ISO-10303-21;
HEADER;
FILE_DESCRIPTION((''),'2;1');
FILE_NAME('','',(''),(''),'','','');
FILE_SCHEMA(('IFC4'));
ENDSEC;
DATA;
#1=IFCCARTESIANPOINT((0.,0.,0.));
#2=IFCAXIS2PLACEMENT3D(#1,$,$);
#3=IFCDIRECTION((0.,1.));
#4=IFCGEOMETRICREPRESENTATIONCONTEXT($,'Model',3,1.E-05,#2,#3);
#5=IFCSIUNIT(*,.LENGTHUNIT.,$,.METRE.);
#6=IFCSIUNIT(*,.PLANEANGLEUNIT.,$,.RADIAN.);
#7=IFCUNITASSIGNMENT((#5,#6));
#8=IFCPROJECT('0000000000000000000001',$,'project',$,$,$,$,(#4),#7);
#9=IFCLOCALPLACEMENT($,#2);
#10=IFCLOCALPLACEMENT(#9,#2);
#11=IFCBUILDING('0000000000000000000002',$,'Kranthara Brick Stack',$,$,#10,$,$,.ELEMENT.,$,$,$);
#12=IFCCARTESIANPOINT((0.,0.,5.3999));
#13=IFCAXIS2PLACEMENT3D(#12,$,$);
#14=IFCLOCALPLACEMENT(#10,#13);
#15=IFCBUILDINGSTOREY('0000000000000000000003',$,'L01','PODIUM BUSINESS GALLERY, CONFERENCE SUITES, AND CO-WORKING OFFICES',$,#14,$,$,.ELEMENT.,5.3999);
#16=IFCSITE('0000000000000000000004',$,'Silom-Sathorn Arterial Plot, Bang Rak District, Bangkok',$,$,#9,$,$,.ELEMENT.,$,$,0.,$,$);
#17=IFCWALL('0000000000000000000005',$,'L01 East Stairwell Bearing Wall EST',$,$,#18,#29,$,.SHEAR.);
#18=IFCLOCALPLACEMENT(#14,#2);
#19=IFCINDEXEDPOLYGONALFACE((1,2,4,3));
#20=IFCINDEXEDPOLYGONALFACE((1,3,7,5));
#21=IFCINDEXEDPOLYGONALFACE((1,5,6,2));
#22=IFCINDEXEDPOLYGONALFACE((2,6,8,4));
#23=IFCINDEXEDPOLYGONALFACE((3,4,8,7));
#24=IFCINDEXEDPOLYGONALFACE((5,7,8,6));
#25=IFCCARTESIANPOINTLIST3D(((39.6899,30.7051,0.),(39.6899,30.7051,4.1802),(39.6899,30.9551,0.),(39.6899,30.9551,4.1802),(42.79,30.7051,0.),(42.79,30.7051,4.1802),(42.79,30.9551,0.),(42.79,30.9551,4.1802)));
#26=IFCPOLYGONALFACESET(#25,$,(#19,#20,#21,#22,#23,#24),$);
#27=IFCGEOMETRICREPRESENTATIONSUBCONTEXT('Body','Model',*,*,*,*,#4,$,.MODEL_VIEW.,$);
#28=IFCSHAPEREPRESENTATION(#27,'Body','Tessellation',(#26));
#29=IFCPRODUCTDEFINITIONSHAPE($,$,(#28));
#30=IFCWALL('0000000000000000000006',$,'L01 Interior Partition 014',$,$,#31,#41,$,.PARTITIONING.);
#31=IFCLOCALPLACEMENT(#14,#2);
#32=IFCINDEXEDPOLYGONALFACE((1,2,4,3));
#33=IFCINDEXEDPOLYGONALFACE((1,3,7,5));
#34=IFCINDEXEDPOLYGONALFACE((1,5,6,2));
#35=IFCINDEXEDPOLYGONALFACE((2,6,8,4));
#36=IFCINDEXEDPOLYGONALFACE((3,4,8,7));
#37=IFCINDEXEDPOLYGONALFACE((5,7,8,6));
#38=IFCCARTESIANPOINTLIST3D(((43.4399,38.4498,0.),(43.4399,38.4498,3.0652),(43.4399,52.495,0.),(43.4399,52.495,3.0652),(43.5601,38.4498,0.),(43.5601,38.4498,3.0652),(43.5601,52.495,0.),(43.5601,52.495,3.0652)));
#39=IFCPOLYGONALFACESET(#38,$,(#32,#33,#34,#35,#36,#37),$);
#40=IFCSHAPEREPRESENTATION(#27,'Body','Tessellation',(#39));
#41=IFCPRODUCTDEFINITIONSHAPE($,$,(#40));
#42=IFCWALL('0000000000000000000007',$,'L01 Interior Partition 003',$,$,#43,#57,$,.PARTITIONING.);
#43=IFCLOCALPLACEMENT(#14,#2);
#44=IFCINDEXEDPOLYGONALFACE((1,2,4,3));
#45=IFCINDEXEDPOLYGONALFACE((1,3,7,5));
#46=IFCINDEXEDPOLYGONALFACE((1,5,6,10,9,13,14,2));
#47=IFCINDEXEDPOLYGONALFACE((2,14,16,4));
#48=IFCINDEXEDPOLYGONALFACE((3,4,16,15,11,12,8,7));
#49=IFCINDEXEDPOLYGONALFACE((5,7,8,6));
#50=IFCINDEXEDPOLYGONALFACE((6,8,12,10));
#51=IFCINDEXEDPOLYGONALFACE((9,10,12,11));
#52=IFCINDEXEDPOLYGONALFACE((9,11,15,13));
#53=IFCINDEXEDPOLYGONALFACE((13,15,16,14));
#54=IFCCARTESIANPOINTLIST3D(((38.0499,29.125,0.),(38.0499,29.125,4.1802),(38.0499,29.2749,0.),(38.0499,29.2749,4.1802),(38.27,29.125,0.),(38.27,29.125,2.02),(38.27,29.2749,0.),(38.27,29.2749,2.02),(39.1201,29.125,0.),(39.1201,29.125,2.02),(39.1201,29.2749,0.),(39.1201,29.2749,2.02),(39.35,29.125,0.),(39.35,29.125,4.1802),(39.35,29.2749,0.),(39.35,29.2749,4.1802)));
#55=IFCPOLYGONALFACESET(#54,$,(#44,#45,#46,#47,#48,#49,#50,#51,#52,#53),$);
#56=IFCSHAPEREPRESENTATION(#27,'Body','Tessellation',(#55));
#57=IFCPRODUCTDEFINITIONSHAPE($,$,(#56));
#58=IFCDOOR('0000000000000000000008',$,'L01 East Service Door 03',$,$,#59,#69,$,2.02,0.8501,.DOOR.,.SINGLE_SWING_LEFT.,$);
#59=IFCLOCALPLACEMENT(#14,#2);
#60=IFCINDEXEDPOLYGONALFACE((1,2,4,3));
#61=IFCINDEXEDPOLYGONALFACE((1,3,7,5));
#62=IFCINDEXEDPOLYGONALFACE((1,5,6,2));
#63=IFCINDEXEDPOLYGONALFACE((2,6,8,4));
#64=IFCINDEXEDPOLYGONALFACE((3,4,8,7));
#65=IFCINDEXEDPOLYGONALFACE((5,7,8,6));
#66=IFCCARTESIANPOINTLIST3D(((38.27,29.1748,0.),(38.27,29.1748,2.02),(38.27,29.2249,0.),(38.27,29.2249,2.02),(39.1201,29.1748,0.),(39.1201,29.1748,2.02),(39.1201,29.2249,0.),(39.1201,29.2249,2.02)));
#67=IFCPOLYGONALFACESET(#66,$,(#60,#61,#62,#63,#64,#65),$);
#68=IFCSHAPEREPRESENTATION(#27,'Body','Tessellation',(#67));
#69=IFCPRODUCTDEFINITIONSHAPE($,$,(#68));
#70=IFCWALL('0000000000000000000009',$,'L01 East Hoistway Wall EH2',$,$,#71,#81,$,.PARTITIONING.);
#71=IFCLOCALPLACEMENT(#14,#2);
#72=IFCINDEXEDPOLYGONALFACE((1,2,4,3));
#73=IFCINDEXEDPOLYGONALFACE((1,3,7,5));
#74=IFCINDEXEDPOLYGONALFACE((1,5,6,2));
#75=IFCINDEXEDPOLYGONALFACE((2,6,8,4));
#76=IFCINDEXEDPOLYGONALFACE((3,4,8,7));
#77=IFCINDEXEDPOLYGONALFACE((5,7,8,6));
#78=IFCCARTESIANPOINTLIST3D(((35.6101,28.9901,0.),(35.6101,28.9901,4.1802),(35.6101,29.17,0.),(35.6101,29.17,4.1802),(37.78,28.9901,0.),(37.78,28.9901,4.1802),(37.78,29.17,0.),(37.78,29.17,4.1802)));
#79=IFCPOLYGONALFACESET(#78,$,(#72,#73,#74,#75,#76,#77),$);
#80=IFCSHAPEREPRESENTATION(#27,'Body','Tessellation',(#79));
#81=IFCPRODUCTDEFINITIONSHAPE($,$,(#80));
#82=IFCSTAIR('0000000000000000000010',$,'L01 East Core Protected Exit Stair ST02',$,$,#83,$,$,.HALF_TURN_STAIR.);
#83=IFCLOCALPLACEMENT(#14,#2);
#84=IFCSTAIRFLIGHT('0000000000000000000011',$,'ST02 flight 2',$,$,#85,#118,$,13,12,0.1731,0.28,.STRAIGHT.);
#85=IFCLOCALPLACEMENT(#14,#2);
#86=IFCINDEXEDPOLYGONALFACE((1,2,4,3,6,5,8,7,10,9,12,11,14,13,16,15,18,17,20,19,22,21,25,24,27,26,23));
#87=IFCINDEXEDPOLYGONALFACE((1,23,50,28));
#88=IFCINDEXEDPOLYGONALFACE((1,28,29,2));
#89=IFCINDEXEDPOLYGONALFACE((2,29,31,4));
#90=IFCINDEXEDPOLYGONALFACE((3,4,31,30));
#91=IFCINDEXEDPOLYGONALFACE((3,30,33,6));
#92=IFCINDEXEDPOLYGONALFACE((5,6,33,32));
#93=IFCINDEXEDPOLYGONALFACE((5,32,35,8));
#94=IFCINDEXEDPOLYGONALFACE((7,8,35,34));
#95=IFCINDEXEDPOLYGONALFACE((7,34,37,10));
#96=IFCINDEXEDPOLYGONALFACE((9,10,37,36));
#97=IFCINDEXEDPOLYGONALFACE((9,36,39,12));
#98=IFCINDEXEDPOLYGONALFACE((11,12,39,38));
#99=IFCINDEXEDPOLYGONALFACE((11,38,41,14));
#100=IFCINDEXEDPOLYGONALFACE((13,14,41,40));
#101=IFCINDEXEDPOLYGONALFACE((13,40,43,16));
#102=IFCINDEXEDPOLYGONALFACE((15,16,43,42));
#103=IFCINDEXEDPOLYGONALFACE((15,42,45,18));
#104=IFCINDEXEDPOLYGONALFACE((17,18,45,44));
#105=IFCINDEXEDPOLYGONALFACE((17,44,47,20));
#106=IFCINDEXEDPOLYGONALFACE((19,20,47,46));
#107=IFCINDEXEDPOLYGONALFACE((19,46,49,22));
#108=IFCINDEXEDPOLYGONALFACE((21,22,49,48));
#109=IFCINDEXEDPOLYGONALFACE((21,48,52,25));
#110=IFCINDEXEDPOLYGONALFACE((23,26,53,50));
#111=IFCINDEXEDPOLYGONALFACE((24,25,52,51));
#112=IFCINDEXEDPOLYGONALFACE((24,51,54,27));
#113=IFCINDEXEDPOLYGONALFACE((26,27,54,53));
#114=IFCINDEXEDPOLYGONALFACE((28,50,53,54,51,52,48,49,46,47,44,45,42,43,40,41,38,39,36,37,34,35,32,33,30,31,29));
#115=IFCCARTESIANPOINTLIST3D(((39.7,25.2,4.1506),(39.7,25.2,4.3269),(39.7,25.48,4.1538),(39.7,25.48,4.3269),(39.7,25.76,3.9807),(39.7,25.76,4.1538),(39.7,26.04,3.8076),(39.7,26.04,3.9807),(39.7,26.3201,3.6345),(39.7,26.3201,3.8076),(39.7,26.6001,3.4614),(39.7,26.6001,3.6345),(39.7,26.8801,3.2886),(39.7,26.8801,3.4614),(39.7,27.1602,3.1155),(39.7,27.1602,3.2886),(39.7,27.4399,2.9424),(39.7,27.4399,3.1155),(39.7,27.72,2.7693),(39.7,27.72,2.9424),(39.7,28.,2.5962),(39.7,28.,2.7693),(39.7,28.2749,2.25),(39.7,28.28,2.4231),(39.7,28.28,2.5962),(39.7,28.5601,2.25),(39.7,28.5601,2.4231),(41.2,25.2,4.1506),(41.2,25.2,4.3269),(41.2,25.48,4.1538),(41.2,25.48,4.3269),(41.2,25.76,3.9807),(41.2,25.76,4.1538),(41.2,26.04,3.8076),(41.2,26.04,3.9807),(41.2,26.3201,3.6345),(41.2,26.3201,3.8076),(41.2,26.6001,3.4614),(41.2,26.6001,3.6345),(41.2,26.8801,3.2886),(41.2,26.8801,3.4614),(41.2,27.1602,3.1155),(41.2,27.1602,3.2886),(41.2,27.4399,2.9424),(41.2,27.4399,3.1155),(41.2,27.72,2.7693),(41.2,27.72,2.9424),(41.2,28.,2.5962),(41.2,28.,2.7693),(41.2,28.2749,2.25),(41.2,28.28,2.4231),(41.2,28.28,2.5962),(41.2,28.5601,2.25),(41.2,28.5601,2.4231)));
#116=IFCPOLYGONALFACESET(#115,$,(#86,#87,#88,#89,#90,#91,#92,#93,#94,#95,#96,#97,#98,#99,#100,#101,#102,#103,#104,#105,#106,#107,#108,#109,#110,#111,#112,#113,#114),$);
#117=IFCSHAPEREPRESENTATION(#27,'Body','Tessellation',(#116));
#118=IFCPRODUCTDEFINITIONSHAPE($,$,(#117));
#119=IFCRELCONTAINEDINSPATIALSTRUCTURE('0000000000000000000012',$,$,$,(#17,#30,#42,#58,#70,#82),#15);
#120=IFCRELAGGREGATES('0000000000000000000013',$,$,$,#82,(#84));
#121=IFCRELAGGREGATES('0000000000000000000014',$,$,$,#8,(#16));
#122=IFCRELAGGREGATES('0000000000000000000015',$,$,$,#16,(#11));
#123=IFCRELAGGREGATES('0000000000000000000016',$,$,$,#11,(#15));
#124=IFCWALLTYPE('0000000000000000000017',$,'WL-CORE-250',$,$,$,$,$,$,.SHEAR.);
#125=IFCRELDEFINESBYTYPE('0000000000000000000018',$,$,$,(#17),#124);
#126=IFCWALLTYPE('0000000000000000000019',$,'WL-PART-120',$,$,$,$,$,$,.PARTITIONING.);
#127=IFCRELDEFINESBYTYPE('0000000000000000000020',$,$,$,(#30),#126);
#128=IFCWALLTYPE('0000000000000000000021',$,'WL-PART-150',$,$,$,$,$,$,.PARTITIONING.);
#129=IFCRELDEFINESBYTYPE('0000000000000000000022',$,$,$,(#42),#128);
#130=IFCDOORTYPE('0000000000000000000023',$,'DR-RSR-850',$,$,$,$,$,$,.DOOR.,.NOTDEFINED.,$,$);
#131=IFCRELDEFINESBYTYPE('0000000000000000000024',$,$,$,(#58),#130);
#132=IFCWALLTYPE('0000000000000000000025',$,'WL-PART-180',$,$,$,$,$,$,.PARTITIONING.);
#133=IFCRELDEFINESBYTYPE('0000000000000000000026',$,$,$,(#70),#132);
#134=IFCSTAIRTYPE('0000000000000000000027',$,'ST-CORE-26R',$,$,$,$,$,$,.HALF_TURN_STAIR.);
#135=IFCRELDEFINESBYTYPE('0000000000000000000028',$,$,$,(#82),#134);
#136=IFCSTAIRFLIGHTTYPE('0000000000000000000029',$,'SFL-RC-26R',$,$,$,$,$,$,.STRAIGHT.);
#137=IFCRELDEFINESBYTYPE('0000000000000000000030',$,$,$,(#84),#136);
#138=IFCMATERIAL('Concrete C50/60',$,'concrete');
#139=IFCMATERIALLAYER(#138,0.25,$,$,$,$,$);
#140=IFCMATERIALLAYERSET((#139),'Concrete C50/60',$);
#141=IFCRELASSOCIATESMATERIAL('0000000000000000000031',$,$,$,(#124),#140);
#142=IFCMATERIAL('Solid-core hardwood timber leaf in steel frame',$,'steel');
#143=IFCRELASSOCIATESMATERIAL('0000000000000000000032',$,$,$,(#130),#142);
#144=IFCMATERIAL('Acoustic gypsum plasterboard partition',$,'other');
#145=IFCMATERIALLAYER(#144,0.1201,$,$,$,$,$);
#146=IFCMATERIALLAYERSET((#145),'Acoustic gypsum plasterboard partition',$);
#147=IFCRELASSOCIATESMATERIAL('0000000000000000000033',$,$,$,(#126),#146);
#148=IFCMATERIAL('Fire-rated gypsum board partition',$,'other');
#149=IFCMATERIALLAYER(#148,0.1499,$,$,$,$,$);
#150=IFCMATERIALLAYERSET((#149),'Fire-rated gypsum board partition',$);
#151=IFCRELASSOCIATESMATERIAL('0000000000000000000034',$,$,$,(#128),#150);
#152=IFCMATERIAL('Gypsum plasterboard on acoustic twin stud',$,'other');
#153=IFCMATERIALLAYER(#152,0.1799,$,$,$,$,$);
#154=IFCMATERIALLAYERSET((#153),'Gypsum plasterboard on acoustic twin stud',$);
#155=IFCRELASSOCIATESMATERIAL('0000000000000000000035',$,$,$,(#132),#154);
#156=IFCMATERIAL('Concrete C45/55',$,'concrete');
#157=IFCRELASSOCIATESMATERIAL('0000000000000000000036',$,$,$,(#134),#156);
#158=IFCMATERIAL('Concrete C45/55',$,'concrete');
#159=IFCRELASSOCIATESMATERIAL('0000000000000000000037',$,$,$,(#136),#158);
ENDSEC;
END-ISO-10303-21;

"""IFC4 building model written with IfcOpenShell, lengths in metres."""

from ifc_helpers import new_model, si_unit, direction, frame, frame_2d, origin, place, context, subcontext, project, spatial, polyline, rectangle, outline, extrude, material, layer, layer_set, type_object, element, fill, aggregate, save


model = new_model("IFC4")

# Units and contexts
model_context = context("Model", 3, precision=1e-05, world=origin(), true_north=direction((0.0, 1.0)))
body_context = subcontext(model_context, "Body", "Model", "MODEL_VIEW")
ifc_project = project(units=[si_unit("LENGTHUNIT", "METRE"), si_unit("PLANEANGLEUNIT", "RADIAN")], contexts=[model_context])

# Site, building, storey
site_placement = place(None, origin())
site = spatial("IfcSite", under=ifc_project, at=site_placement, Name="Silom-Sathorn Arterial Plot, Bang Rak District, Bangkok", CompositionType="ELEMENT", RefElevation=0.0)
building_placement = place(site_placement, origin())
building = spatial("IfcBuilding", under=site, at=building_placement, Name="Kranthara Brick Stack", CompositionType="ELEMENT")
storey_placement = place(building_placement, frame((0.0, 0.0, 5.3999)))
storey = spatial("IfcBuildingStorey", under=building, at=storey_placement, Name="L01", Description="PODIUM BUSINESS GALLERY, CONFERENCE SUITES, AND CO-WORKING OFFICES", CompositionType="ELEMENT", Elevation=5.3999)

# Wall
ifc_material_1 = material(Name="Concrete C50/60", Category="concrete")
ifc_layer_1 = layer(ifc_material_1, 0.25)
ifc_layer_set_1 = layer_set([ifc_layer_1], Name="Concrete C50/60")
wall_type_1 = type_object("IfcWallType", Name="WL-CORE-250", PredefinedType="SHEAR", material=ifc_layer_set_1)
wall_1_placement = place(storey_placement, frame((39.6899, 30.8301, 0.0), z_axis=(0.0, 0.0, 1.0), x_axis=(1.0, 0.0, 0.0)))
element("IfcWall", 1, at=wall_1_placement, inside=storey, type_object=wall_type_1, Name="L01 East Stairwell Bearing Wall EST", PredefinedType="SHEAR", context=body_context, shape_type="SweptSolid", body=[
    extrude(rectangle(XDim=3.1001, YDim=0.25, at=frame_2d((1.55, 0.0))), origin(), (0.0, 0.0, 1.0), 4.1802),
])

# Shared definitions
ifc_material_2 = material(Name="Solid-core hardwood timber leaf in steel frame", Category="steel")
door_type_1 = type_object("IfcDoorType", Name="DR-RSR-850", OperationType="NOTDEFINED", PredefinedType="DOOR", material=ifc_material_2)

# Wall
ifc_material_3 = material(Name="Acoustic gypsum plasterboard partition", Category="other")
ifc_layer_2 = layer(ifc_material_3, 0.1201)
ifc_layer_set_2 = layer_set([ifc_layer_2], Name="Acoustic gypsum plasterboard partition")
wall_type_2 = type_object("IfcWallType", Name="WL-PART-120", PredefinedType="PARTITIONING", material=ifc_layer_set_2)
wall_2_placement = place(storey_placement, frame((43.5, 38.45, 0.0), z_axis=(0.0, 0.0, 1.0), x_axis=(0.0, 1.0, 0.0)))
element("IfcWall", 2, at=wall_2_placement, inside=storey, type_object=wall_type_2, Name="L01 Interior Partition 014", PredefinedType="PARTITIONING", context=body_context, shape_type="SweptSolid", body=[
    extrude(rectangle(XDim=14.0452, YDim=0.1201, at=frame_2d((7.0225, 0.0))), origin(), (0.0, 0.0, 1.0), 3.0652),
])

# Wall, opening, door
ifc_material_4 = material(Name="Fire-rated gypsum board partition", Category="other")
ifc_layer_3 = layer(ifc_material_4, 0.1499)
ifc_layer_set_3 = layer_set([ifc_layer_3], Name="Fire-rated gypsum board partition")
wall_type_3 = type_object("IfcWallType", Name="WL-PART-150", PredefinedType="PARTITIONING", material=ifc_layer_set_3)
wall_3_placement = place(storey_placement, frame((38.05, 29.2, 0.0), z_axis=(0.0, 0.0, 1.0), x_axis=(1.0, 0.0, 0.0)))
wall_3 = element("IfcWall", 3, at=wall_3_placement, inside=storey, type_object=wall_type_3, Name="L01 Interior Partition 003", PredefinedType="PARTITIONING", context=body_context, shape_type="SweptSolid", body=[
    extrude(rectangle(XDim=1.3, YDim=0.1499, at=frame_2d((0.6499, 0.0))), origin(), (0.0, 0.0, 1.0), 4.1802),
])
opening_1_placement = place(wall_3_placement, frame((0.22, 0.0, 0.0)))
opening_1 = element("IfcOpeningElement", 4, at=opening_1_placement, cuts=wall_3, PredefinedType="OPENING", context=body_context, shape_type="SweptSolid", body=[
    extrude(rectangle(XDim=0.8501, YDim=2.02, at=frame_2d((0.425, 1.01))), frame((0.0, 0.085, 0.0), z_axis=(0.0, -1.0, 0.0), x_axis=(1.0, 0.0, 0.0)), (0.0, 0.0, 1.0), 0.1699),
])
door_1_placement = place(opening_1_placement, origin())
door_1 = element("IfcDoor", 5, at=door_1_placement, inside=storey, type_object=door_type_1, Name="L01 East Service Door 03", OperationType="SINGLE_SWING_LEFT", OverallHeight=2.02, OverallWidth=0.8501, PredefinedType="DOOR", context=body_context, shape_type="SweptSolid", body=[
    extrude(rectangle(XDim=0.8501, YDim=2.02, at=frame_2d((0.425, 1.01))), frame((0.0, 0.0249, 0.0), z_axis=(0.0, -1.0, 0.0), x_axis=(1.0, 0.0, 0.0)), (0.0, 0.0, 1.0), 0.05),
])
fill(opening_1, door_1)

# Wall
ifc_material_5 = material(Name="Gypsum plasterboard on acoustic twin stud", Category="other")
ifc_layer_4 = layer(ifc_material_5, 0.1799)
ifc_layer_set_4 = layer_set([ifc_layer_4], Name="Gypsum plasterboard on acoustic twin stud")
wall_type_4 = type_object("IfcWallType", Name="WL-PART-180", PredefinedType="PARTITIONING", material=ifc_layer_set_4)
wall_4_placement = place(storey_placement, frame((35.6101, 29.0801, 0.0), z_axis=(0.0, 0.0, 1.0), x_axis=(1.0, 0.0, 0.0)))
element("IfcWall", 6, at=wall_4_placement, inside=storey, type_object=wall_type_4, Name="L01 East Hoistway Wall EH2", PredefinedType="PARTITIONING", context=body_context, shape_type="SweptSolid", body=[
    extrude(rectangle(XDim=2.1699, YDim=0.1799, at=frame_2d((1.085, 0.0))), origin(), (0.0, 0.0, 1.0), 4.1802),
])

# Stair, stair flight
ifc_material_6 = material(Name="Concrete C45/55", Category="concrete")
stair_type = type_object("IfcStairType", Name="ST-CORE-26R", PredefinedType="HALF_TURN_STAIR", material=ifc_material_6)
stair_placement = place(storey_placement, origin())
stair = element("IfcStair", 7, at=stair_placement, inside=storey, type_object=stair_type, Name="L01 East Core Protected Exit Stair ST02", PredefinedType="HALF_TURN_STAIR")
ifc_material_7 = material(Name="Concrete C45/55", Category="concrete")
stair_flight_type = type_object("IfcStairFlightType", Name="SFL-RC-26R", PredefinedType="STRAIGHT", material=ifc_material_7)
stair_flight_placement = place(storey_placement, frame((40.45, 28.5601, 2.25), z_axis=(0.0, 0.0, 1.0), x_axis=(0.0, -1.0, 0.0)))
stair_flight = element("IfcStairFlight", 8, at=stair_flight_placement, type_object=stair_flight_type, Name="ST02 flight 2", NumberOfRisers=13, NumberOfTreads=12, PredefinedType="STRAIGHT", RiserHeight=0.1731, TreadLength=0.28, context=body_context, shape_type="SweptSolid", body=[
    extrude(outline(polyline([(0.0, 0.0), (0.0, 0.1731), (0.28, 0.1731), (0.28, 0.3462), (0.5601, 0.3462), (0.5601, 0.5193), (0.8401, 0.5193), (0.8401, 0.6924), (1.1201, 0.6924), (1.1201, 0.8655), (1.3999, 0.8655), (1.3999, 1.0386), (1.6799, 1.0386), (1.6799, 1.2114), (1.96, 1.2114), (1.96, 1.3845), (2.24, 1.3845), (2.24, 1.5576), (2.52, 1.5576), (2.52, 1.7307), (2.8, 1.7307), (2.8, 1.9038), (3.0801, 1.9038), (3.0801, 2.0769), (3.3601, 2.0769), (3.3601, 2.25), (3.3601, 1.9006), (0.2852, 0.0), (0.0, 0.0)])), frame((0.0, 0.75, 0.0), z_axis=(0.0, -1.0, 0.0), x_axis=(1.0, 0.0, 0.0)), (0.0, 0.0, 1.0), 1.5),
])
aggregate(stair, [stair_flight])

save(model, "model.ifc")
